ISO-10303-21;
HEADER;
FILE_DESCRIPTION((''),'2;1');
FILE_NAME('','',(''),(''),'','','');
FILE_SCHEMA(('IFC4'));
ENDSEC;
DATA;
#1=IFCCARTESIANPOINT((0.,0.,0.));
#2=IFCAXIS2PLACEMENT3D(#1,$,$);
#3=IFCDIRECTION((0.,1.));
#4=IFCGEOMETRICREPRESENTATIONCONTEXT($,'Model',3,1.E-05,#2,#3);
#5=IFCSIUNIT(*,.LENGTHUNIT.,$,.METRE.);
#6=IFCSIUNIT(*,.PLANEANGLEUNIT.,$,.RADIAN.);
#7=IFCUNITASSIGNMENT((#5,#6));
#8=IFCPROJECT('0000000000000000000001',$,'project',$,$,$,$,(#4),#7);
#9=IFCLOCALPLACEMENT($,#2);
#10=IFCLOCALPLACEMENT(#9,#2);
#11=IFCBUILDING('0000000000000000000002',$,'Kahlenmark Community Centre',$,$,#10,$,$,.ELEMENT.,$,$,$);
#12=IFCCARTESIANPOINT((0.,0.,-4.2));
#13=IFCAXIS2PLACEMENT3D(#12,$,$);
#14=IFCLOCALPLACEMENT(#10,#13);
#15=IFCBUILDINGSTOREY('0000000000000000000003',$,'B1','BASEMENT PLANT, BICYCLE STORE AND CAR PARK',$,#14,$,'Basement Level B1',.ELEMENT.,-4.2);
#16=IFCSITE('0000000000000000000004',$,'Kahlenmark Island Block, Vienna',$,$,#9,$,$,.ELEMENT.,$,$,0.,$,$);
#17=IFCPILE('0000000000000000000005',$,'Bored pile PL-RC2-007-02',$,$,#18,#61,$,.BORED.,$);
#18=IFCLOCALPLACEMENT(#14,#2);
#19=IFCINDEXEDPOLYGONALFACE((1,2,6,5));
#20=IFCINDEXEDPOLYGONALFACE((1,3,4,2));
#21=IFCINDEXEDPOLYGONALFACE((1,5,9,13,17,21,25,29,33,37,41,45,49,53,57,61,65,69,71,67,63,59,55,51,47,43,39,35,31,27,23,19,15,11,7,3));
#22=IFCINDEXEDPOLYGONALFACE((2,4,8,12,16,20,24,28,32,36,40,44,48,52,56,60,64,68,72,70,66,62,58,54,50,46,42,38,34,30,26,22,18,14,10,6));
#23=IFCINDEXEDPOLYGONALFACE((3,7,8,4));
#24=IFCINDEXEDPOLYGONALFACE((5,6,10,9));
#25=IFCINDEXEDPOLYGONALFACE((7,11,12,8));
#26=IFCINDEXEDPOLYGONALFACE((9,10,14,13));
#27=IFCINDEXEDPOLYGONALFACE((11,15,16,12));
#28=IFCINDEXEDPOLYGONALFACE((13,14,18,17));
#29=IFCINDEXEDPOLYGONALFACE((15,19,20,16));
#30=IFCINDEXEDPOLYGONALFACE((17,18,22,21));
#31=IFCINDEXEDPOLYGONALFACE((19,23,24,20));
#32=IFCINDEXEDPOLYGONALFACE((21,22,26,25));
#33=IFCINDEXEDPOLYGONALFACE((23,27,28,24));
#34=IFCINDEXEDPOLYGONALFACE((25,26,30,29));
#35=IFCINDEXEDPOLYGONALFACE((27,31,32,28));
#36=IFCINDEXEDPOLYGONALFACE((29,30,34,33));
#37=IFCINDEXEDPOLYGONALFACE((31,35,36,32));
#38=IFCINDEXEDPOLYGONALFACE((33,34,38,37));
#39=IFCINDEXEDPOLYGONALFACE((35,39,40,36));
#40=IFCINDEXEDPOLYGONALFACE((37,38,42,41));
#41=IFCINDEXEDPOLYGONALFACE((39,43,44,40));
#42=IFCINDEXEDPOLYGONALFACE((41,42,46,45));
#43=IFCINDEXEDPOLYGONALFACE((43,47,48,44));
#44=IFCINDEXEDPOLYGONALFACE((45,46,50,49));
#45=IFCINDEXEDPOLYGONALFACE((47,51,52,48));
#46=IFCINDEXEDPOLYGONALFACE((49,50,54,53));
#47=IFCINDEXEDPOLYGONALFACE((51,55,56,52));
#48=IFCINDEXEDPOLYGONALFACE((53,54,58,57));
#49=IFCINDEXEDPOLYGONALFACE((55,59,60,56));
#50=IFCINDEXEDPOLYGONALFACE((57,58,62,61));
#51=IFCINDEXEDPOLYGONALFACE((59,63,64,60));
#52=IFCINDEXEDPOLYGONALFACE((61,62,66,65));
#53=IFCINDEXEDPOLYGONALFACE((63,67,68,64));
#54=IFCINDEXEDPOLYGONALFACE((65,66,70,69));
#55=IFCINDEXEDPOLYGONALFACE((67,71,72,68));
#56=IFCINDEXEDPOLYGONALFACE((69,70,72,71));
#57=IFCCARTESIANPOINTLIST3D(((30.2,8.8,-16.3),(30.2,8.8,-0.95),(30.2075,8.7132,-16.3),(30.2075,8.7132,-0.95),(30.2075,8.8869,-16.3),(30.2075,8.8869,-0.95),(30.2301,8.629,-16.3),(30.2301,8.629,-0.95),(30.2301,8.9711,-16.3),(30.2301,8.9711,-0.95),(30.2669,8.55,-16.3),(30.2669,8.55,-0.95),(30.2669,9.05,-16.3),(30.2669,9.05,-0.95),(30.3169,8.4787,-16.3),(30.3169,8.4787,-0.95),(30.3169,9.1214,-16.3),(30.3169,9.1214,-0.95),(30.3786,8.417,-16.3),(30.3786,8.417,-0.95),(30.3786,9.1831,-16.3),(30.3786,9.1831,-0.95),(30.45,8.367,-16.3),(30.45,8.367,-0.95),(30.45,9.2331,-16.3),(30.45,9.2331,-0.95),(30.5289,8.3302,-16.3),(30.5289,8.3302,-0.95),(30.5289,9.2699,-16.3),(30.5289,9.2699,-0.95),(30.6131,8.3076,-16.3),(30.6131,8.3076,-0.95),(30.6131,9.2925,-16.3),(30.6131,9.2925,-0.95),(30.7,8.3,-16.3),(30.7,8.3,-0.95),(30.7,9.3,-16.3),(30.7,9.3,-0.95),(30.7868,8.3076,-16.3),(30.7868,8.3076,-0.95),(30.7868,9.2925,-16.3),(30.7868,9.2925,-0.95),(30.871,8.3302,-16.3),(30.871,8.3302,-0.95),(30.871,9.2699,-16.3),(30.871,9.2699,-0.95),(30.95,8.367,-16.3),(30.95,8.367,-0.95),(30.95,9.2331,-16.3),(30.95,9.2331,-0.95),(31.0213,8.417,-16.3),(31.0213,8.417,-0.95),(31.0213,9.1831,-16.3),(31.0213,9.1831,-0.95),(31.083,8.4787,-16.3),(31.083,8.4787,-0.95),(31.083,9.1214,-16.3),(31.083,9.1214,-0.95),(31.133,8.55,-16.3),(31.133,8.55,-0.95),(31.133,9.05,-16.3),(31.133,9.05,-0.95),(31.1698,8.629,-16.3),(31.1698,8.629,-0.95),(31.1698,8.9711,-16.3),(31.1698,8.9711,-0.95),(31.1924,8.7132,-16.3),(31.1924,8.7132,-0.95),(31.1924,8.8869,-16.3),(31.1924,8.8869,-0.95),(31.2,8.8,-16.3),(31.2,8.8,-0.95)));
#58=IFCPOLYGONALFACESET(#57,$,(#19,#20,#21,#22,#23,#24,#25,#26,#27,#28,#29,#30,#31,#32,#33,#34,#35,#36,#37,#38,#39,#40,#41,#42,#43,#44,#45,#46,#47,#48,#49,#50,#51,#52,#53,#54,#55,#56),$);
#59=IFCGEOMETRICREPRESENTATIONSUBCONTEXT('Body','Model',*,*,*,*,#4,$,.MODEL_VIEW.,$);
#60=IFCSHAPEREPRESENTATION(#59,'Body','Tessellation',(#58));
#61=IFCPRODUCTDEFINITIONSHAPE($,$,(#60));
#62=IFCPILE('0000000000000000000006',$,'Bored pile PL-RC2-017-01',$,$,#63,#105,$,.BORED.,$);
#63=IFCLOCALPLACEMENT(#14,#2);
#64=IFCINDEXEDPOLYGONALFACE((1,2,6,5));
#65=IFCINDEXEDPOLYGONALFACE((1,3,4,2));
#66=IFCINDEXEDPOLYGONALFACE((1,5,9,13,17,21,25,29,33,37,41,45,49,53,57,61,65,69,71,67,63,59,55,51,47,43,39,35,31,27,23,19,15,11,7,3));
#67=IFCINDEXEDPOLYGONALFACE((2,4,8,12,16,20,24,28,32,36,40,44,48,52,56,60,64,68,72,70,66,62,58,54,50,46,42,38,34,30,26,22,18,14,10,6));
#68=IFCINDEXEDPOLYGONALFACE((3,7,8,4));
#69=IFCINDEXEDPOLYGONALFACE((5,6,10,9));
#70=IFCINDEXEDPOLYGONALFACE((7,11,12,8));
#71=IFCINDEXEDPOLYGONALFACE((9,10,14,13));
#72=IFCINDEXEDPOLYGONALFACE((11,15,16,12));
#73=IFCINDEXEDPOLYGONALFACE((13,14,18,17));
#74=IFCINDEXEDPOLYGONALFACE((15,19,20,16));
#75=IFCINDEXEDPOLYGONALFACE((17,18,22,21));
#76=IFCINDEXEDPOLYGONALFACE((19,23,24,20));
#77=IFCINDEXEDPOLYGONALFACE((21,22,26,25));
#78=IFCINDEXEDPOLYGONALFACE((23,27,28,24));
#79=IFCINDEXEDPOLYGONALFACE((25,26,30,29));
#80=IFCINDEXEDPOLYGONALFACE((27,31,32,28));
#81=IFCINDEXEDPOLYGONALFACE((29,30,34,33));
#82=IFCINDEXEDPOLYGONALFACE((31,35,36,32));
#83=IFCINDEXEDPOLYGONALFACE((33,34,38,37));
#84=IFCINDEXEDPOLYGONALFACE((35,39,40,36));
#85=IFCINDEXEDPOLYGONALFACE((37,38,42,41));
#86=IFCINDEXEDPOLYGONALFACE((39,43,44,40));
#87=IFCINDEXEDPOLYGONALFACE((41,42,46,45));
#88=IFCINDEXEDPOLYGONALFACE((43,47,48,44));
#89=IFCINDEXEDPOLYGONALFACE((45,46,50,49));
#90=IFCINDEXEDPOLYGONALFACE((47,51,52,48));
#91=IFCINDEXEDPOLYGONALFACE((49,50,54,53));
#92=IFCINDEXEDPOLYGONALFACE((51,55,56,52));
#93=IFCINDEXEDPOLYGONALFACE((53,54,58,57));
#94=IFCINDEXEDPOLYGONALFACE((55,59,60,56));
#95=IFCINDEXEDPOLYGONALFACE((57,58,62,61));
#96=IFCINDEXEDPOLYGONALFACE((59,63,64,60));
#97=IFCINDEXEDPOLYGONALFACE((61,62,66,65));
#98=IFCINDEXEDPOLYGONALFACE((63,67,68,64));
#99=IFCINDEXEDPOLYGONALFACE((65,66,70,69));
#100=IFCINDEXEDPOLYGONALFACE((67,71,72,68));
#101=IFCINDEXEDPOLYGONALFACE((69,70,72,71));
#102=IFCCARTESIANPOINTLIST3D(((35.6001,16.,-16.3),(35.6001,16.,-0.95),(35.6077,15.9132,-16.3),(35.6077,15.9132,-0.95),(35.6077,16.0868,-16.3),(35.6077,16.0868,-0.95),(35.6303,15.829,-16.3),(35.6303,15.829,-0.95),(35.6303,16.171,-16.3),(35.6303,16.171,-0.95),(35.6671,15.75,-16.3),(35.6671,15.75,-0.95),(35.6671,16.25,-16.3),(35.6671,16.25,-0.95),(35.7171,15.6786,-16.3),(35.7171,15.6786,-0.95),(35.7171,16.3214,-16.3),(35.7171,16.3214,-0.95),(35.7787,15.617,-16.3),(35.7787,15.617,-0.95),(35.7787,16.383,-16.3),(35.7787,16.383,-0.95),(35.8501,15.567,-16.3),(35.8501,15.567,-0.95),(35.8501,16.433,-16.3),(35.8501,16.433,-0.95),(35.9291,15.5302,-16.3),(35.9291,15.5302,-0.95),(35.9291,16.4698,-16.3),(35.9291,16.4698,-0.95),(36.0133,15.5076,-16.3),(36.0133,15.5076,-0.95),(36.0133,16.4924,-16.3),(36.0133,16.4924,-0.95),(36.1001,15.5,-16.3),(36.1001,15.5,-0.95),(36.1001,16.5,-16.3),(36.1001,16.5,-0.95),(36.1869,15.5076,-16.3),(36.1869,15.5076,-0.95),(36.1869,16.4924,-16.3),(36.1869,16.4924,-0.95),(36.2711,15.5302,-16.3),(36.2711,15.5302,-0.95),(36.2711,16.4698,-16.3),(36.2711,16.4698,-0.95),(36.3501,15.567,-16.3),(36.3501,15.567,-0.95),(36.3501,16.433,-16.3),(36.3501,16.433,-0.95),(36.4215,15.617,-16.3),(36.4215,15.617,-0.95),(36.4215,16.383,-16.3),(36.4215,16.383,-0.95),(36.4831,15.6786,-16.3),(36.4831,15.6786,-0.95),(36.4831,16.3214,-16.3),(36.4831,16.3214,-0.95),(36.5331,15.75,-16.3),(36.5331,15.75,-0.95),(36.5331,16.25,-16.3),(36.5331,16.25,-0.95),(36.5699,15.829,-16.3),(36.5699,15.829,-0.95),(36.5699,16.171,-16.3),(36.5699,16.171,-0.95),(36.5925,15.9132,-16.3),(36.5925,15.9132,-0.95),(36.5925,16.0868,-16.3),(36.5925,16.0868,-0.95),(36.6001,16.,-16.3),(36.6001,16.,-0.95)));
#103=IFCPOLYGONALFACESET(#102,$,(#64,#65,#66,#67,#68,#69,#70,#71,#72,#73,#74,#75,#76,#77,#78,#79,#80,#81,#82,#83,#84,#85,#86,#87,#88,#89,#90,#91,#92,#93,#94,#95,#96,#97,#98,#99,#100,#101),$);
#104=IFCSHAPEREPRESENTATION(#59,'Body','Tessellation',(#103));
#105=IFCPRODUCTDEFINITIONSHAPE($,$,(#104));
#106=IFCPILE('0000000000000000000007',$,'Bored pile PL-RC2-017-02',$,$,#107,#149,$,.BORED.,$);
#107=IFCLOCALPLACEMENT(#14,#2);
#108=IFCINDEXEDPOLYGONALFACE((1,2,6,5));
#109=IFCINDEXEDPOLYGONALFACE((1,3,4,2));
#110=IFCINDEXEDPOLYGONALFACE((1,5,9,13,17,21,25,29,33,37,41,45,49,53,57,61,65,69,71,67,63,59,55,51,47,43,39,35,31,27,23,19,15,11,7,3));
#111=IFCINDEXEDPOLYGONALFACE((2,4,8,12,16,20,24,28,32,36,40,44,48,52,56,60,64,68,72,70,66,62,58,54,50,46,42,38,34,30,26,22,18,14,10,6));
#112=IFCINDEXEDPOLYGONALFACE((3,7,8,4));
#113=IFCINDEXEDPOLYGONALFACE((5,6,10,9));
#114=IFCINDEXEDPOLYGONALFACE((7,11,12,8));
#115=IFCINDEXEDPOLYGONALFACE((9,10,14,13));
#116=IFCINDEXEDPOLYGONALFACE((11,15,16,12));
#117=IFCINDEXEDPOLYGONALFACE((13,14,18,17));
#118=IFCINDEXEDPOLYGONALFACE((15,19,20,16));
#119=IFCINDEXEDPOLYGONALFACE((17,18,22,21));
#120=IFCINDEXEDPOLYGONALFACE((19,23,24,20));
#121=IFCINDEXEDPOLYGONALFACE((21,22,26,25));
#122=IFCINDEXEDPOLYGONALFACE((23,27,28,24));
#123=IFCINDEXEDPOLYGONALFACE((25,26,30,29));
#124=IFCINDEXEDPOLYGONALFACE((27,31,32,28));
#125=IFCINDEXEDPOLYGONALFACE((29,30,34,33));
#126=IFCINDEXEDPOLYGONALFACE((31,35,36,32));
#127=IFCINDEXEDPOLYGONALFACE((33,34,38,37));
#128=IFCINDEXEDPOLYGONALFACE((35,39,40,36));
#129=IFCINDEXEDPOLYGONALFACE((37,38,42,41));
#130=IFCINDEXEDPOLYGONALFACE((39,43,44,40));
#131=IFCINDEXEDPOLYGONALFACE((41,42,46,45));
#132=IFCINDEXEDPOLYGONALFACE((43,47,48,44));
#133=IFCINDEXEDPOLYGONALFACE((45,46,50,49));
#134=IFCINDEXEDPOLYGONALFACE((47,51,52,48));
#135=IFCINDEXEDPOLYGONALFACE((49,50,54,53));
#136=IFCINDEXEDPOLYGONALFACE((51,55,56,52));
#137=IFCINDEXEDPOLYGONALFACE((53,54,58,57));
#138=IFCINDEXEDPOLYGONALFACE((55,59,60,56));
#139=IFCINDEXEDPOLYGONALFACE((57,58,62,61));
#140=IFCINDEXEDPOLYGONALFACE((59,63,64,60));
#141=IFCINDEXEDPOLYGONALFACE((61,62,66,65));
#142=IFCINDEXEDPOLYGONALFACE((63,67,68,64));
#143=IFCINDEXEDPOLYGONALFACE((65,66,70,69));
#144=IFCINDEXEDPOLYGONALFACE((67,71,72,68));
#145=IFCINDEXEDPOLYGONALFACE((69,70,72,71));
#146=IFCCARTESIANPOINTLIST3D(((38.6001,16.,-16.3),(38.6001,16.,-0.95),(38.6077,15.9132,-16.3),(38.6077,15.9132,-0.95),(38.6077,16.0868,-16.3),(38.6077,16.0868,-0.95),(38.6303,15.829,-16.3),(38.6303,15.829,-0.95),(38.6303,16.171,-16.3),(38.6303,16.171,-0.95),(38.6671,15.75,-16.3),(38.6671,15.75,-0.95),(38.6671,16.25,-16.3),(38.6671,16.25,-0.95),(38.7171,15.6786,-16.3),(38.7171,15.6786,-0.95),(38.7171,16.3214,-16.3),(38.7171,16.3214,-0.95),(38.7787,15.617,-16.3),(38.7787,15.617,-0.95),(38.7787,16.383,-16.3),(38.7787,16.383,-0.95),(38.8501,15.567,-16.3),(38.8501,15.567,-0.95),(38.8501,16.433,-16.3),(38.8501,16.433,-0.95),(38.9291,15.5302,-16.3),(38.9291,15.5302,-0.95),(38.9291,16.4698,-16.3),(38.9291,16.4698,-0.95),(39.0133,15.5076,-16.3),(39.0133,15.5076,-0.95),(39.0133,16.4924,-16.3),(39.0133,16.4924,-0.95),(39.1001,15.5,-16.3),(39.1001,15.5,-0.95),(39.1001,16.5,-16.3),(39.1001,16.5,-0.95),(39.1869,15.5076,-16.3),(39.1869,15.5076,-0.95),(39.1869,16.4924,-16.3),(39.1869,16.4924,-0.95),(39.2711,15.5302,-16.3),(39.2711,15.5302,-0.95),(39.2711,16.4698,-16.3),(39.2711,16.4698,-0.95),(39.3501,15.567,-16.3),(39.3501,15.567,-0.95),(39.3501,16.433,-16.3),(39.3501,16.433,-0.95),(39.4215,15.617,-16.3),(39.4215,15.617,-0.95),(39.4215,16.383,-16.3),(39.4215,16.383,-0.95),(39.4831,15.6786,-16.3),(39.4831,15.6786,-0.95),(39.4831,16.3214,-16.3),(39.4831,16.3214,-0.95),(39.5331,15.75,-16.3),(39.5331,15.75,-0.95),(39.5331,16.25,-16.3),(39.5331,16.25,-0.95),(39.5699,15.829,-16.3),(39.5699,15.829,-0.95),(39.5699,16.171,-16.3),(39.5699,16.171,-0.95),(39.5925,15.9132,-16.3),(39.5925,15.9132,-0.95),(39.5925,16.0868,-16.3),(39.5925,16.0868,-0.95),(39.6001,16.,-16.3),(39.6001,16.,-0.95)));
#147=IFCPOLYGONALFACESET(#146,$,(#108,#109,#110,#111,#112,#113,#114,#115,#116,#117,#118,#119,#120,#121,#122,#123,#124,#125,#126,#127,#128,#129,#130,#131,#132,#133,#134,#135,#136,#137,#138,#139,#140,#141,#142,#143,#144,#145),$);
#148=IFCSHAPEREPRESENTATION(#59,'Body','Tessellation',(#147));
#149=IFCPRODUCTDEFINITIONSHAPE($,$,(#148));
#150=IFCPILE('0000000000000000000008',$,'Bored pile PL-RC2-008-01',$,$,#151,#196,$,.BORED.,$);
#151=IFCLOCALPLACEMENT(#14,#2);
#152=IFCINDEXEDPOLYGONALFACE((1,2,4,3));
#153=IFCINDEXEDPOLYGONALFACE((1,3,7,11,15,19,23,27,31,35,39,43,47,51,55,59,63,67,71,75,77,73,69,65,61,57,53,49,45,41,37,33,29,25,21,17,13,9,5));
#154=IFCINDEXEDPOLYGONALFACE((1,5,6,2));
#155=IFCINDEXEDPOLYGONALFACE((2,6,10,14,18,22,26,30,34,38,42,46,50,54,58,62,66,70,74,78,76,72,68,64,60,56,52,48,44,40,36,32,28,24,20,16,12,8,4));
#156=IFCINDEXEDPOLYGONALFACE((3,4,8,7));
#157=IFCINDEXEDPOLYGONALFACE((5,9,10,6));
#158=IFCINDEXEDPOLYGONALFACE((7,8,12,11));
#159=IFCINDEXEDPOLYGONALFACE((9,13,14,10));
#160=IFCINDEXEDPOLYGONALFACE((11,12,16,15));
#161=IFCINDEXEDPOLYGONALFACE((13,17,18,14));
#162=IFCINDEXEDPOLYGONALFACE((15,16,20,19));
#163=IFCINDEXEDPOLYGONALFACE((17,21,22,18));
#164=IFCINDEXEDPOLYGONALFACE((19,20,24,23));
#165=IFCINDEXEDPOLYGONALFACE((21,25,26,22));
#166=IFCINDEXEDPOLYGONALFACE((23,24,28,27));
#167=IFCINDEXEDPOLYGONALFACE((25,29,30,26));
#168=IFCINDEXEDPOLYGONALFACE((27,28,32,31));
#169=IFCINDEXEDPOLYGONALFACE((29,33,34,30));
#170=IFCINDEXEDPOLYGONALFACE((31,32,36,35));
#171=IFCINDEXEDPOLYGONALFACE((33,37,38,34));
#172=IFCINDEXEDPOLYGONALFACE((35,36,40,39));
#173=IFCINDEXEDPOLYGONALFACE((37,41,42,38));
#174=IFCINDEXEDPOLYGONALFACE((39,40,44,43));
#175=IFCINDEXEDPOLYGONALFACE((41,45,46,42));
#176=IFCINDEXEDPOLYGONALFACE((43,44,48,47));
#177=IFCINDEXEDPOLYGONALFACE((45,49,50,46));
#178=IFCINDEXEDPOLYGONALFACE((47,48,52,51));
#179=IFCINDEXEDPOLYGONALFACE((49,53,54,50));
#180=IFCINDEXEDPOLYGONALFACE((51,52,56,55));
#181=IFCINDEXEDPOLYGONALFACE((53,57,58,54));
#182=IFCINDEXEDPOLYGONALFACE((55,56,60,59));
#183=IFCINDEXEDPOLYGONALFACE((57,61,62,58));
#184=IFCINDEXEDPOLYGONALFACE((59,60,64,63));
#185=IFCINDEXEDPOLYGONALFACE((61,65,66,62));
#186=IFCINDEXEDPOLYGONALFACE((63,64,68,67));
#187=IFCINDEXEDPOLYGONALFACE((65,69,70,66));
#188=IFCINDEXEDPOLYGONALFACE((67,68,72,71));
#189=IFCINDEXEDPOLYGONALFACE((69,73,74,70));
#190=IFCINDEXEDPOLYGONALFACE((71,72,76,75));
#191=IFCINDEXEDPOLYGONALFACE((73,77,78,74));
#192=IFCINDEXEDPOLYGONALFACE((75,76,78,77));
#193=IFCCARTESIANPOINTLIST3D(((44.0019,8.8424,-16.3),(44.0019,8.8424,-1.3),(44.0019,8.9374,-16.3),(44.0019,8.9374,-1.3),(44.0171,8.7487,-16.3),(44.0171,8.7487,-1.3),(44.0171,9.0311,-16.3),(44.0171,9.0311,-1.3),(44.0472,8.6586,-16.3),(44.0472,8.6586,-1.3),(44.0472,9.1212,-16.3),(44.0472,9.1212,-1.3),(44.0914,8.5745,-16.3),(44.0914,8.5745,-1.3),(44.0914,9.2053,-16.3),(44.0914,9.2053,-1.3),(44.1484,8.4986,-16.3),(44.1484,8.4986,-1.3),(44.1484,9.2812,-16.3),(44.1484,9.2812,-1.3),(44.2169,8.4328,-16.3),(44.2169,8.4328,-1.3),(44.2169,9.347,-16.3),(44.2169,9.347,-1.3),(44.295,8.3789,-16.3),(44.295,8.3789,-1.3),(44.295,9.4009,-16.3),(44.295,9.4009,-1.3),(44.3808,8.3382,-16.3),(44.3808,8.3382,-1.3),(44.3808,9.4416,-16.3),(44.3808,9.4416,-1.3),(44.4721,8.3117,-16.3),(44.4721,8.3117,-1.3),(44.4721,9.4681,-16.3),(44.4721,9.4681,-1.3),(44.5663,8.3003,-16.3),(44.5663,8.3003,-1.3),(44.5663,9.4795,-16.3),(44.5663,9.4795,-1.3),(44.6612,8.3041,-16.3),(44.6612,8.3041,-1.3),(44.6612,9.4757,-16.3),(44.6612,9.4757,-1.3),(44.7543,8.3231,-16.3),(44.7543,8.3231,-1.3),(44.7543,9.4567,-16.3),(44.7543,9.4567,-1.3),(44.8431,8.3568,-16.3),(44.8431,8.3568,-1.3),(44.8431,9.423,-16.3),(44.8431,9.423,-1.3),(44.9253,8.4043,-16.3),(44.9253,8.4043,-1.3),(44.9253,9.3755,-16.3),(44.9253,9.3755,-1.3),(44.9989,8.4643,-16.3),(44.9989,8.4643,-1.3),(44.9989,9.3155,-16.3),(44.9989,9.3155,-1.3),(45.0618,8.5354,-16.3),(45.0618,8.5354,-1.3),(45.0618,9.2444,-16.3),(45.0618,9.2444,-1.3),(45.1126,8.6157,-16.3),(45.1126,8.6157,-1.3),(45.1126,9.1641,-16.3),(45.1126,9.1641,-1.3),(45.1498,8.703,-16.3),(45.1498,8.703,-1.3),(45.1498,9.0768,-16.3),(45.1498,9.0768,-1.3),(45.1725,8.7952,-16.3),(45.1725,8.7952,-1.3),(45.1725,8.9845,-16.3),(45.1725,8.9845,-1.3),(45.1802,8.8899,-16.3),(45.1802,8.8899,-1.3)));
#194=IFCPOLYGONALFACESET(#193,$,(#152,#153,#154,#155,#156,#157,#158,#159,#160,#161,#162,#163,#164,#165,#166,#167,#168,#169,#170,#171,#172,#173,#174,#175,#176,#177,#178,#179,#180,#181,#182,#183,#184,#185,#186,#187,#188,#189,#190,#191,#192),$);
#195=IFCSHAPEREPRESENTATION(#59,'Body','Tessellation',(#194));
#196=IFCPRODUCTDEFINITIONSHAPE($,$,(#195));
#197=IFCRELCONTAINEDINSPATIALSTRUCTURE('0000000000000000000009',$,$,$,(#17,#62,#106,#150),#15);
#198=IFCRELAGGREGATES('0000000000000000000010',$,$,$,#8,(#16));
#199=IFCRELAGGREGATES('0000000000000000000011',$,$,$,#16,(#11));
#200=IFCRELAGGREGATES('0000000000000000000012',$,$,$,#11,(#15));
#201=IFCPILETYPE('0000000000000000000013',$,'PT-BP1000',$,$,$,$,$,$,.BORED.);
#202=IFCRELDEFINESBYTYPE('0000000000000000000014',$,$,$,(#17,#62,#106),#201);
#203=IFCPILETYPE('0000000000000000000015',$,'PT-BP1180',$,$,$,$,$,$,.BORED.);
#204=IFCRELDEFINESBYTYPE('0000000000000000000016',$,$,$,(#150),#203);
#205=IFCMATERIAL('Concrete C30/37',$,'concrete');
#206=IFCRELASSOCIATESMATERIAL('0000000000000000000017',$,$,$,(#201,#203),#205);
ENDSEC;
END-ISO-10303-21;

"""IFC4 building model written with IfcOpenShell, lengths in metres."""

from ifc_helpers import new_model, si_unit, direction, frame, origin, origin_2d, place, context, subcontext, project, spatial, circle, extrude, material, material_profile, profile_set, type_object, element, save


model = new_model("IFC4")

# Units and contexts
model_context = context("Model", 3, precision=1e-05, world=origin(), true_north=direction((0.0, 1.0)))
body_context = subcontext(model_context, "Body", "Model", "MODEL_VIEW")
ifc_project = project(units=[si_unit("LENGTHUNIT", "METRE"), si_unit("PLANEANGLEUNIT", "RADIAN")], contexts=[model_context])

# Site, building, storey
site_placement = place(None, origin())
site = spatial("IfcSite", under=ifc_project, at=site_placement, Name="Kahlenmark Island Block, Vienna", CompositionType="ELEMENT", RefElevation=0.0)
building_placement = place(site_placement, origin())
building = spatial("IfcBuilding", under=site, at=building_placement, Name="Kahlenmark Community Centre", CompositionType="ELEMENT")
storey_placement = place(building_placement, frame((0.0, 0.0, -4.2)))
storey = spatial("IfcBuildingStorey", under=building, at=storey_placement, Name="B1", Description="BASEMENT PLANT, BICYCLE STORE AND CAR PARK", LongName="Basement Level B1", CompositionType="ELEMENT", Elevation=-4.2)

# Shared definitions
ifc_material_1 = material(Name="Concrete C30/37", Category="concrete")

# Piles
ifc_material_profile_1 = material_profile(ifc_material_1, circle(Radius=0.5, at=origin_2d()), Name="BORED PILE 1000")
ifc_profile_set_1 = profile_set([ifc_material_profile_1], Name="Concrete C30/37")
pile_type_1 = type_object("IfcPileType", Name="PT-BP1000", PredefinedType="BORED", material=ifc_profile_set_1)
for number, where, z_axis, x_axis, name in (
    (1, (30.7, 8.8, -0.95), (0.0, 0.0, -1.0), (1.0, 0.0, 0.0), "Bored pile PL-RC2-007-02"),
    (2, (36.1001, 16.0, -0.95), (0.0, 0.0, -1.0), (1.0, 0.0, 0.0), "Bored pile PL-RC2-017-01"),
    (3, (39.1001, 16.0, -0.95), (0.0, 0.0, -1.0), (1.0, 0.0, 0.0), "Bored pile PL-RC2-017-02"),
):
    element("IfcPile", number, at=place(storey_placement, frame(where, z_axis=z_axis, x_axis=x_axis)), inside=storey, type_object=pile_type_1, Name=name, PredefinedType="BORED", context=body_context, shape_type="SweptSolid", body=[
        extrude(circle(Radius=0.5, at=origin_2d()), origin(), (0.0, 0.0, 1.0), 15.3501),
    ])
ifc_material_profile_2 = material_profile(ifc_material_1, circle(Radius=0.5901, at=origin_2d()), Name="BORED PILE 1180")
ifc_profile_set_2 = profile_set([ifc_material_profile_2], Name="Concrete C30/37")
pile_type_2 = type_object("IfcPileType", Name="PT-BP1180", PredefinedType="BORED", material=ifc_profile_set_2)
for number, where, z_axis, x_axis, name in (
    (4, (44.5901, 8.8899, -1.3), (0.0, 0.0, -1.0), (1.0, 0.0, 0.0), "Bored pile PL-RC2-008-01"),
):
    element("IfcPile", number, at=place(storey_placement, frame(where, z_axis=z_axis, x_axis=x_axis)), inside=storey, type_object=pile_type_2, Name=name, PredefinedType="BORED", context=body_context, shape_type="SweptSolid", body=[
        extrude(circle(Radius=0.5901, at=origin_2d()), origin(), (0.0, 0.0, 1.0), 15.0),
    ])

save(model, "model.ifc")
